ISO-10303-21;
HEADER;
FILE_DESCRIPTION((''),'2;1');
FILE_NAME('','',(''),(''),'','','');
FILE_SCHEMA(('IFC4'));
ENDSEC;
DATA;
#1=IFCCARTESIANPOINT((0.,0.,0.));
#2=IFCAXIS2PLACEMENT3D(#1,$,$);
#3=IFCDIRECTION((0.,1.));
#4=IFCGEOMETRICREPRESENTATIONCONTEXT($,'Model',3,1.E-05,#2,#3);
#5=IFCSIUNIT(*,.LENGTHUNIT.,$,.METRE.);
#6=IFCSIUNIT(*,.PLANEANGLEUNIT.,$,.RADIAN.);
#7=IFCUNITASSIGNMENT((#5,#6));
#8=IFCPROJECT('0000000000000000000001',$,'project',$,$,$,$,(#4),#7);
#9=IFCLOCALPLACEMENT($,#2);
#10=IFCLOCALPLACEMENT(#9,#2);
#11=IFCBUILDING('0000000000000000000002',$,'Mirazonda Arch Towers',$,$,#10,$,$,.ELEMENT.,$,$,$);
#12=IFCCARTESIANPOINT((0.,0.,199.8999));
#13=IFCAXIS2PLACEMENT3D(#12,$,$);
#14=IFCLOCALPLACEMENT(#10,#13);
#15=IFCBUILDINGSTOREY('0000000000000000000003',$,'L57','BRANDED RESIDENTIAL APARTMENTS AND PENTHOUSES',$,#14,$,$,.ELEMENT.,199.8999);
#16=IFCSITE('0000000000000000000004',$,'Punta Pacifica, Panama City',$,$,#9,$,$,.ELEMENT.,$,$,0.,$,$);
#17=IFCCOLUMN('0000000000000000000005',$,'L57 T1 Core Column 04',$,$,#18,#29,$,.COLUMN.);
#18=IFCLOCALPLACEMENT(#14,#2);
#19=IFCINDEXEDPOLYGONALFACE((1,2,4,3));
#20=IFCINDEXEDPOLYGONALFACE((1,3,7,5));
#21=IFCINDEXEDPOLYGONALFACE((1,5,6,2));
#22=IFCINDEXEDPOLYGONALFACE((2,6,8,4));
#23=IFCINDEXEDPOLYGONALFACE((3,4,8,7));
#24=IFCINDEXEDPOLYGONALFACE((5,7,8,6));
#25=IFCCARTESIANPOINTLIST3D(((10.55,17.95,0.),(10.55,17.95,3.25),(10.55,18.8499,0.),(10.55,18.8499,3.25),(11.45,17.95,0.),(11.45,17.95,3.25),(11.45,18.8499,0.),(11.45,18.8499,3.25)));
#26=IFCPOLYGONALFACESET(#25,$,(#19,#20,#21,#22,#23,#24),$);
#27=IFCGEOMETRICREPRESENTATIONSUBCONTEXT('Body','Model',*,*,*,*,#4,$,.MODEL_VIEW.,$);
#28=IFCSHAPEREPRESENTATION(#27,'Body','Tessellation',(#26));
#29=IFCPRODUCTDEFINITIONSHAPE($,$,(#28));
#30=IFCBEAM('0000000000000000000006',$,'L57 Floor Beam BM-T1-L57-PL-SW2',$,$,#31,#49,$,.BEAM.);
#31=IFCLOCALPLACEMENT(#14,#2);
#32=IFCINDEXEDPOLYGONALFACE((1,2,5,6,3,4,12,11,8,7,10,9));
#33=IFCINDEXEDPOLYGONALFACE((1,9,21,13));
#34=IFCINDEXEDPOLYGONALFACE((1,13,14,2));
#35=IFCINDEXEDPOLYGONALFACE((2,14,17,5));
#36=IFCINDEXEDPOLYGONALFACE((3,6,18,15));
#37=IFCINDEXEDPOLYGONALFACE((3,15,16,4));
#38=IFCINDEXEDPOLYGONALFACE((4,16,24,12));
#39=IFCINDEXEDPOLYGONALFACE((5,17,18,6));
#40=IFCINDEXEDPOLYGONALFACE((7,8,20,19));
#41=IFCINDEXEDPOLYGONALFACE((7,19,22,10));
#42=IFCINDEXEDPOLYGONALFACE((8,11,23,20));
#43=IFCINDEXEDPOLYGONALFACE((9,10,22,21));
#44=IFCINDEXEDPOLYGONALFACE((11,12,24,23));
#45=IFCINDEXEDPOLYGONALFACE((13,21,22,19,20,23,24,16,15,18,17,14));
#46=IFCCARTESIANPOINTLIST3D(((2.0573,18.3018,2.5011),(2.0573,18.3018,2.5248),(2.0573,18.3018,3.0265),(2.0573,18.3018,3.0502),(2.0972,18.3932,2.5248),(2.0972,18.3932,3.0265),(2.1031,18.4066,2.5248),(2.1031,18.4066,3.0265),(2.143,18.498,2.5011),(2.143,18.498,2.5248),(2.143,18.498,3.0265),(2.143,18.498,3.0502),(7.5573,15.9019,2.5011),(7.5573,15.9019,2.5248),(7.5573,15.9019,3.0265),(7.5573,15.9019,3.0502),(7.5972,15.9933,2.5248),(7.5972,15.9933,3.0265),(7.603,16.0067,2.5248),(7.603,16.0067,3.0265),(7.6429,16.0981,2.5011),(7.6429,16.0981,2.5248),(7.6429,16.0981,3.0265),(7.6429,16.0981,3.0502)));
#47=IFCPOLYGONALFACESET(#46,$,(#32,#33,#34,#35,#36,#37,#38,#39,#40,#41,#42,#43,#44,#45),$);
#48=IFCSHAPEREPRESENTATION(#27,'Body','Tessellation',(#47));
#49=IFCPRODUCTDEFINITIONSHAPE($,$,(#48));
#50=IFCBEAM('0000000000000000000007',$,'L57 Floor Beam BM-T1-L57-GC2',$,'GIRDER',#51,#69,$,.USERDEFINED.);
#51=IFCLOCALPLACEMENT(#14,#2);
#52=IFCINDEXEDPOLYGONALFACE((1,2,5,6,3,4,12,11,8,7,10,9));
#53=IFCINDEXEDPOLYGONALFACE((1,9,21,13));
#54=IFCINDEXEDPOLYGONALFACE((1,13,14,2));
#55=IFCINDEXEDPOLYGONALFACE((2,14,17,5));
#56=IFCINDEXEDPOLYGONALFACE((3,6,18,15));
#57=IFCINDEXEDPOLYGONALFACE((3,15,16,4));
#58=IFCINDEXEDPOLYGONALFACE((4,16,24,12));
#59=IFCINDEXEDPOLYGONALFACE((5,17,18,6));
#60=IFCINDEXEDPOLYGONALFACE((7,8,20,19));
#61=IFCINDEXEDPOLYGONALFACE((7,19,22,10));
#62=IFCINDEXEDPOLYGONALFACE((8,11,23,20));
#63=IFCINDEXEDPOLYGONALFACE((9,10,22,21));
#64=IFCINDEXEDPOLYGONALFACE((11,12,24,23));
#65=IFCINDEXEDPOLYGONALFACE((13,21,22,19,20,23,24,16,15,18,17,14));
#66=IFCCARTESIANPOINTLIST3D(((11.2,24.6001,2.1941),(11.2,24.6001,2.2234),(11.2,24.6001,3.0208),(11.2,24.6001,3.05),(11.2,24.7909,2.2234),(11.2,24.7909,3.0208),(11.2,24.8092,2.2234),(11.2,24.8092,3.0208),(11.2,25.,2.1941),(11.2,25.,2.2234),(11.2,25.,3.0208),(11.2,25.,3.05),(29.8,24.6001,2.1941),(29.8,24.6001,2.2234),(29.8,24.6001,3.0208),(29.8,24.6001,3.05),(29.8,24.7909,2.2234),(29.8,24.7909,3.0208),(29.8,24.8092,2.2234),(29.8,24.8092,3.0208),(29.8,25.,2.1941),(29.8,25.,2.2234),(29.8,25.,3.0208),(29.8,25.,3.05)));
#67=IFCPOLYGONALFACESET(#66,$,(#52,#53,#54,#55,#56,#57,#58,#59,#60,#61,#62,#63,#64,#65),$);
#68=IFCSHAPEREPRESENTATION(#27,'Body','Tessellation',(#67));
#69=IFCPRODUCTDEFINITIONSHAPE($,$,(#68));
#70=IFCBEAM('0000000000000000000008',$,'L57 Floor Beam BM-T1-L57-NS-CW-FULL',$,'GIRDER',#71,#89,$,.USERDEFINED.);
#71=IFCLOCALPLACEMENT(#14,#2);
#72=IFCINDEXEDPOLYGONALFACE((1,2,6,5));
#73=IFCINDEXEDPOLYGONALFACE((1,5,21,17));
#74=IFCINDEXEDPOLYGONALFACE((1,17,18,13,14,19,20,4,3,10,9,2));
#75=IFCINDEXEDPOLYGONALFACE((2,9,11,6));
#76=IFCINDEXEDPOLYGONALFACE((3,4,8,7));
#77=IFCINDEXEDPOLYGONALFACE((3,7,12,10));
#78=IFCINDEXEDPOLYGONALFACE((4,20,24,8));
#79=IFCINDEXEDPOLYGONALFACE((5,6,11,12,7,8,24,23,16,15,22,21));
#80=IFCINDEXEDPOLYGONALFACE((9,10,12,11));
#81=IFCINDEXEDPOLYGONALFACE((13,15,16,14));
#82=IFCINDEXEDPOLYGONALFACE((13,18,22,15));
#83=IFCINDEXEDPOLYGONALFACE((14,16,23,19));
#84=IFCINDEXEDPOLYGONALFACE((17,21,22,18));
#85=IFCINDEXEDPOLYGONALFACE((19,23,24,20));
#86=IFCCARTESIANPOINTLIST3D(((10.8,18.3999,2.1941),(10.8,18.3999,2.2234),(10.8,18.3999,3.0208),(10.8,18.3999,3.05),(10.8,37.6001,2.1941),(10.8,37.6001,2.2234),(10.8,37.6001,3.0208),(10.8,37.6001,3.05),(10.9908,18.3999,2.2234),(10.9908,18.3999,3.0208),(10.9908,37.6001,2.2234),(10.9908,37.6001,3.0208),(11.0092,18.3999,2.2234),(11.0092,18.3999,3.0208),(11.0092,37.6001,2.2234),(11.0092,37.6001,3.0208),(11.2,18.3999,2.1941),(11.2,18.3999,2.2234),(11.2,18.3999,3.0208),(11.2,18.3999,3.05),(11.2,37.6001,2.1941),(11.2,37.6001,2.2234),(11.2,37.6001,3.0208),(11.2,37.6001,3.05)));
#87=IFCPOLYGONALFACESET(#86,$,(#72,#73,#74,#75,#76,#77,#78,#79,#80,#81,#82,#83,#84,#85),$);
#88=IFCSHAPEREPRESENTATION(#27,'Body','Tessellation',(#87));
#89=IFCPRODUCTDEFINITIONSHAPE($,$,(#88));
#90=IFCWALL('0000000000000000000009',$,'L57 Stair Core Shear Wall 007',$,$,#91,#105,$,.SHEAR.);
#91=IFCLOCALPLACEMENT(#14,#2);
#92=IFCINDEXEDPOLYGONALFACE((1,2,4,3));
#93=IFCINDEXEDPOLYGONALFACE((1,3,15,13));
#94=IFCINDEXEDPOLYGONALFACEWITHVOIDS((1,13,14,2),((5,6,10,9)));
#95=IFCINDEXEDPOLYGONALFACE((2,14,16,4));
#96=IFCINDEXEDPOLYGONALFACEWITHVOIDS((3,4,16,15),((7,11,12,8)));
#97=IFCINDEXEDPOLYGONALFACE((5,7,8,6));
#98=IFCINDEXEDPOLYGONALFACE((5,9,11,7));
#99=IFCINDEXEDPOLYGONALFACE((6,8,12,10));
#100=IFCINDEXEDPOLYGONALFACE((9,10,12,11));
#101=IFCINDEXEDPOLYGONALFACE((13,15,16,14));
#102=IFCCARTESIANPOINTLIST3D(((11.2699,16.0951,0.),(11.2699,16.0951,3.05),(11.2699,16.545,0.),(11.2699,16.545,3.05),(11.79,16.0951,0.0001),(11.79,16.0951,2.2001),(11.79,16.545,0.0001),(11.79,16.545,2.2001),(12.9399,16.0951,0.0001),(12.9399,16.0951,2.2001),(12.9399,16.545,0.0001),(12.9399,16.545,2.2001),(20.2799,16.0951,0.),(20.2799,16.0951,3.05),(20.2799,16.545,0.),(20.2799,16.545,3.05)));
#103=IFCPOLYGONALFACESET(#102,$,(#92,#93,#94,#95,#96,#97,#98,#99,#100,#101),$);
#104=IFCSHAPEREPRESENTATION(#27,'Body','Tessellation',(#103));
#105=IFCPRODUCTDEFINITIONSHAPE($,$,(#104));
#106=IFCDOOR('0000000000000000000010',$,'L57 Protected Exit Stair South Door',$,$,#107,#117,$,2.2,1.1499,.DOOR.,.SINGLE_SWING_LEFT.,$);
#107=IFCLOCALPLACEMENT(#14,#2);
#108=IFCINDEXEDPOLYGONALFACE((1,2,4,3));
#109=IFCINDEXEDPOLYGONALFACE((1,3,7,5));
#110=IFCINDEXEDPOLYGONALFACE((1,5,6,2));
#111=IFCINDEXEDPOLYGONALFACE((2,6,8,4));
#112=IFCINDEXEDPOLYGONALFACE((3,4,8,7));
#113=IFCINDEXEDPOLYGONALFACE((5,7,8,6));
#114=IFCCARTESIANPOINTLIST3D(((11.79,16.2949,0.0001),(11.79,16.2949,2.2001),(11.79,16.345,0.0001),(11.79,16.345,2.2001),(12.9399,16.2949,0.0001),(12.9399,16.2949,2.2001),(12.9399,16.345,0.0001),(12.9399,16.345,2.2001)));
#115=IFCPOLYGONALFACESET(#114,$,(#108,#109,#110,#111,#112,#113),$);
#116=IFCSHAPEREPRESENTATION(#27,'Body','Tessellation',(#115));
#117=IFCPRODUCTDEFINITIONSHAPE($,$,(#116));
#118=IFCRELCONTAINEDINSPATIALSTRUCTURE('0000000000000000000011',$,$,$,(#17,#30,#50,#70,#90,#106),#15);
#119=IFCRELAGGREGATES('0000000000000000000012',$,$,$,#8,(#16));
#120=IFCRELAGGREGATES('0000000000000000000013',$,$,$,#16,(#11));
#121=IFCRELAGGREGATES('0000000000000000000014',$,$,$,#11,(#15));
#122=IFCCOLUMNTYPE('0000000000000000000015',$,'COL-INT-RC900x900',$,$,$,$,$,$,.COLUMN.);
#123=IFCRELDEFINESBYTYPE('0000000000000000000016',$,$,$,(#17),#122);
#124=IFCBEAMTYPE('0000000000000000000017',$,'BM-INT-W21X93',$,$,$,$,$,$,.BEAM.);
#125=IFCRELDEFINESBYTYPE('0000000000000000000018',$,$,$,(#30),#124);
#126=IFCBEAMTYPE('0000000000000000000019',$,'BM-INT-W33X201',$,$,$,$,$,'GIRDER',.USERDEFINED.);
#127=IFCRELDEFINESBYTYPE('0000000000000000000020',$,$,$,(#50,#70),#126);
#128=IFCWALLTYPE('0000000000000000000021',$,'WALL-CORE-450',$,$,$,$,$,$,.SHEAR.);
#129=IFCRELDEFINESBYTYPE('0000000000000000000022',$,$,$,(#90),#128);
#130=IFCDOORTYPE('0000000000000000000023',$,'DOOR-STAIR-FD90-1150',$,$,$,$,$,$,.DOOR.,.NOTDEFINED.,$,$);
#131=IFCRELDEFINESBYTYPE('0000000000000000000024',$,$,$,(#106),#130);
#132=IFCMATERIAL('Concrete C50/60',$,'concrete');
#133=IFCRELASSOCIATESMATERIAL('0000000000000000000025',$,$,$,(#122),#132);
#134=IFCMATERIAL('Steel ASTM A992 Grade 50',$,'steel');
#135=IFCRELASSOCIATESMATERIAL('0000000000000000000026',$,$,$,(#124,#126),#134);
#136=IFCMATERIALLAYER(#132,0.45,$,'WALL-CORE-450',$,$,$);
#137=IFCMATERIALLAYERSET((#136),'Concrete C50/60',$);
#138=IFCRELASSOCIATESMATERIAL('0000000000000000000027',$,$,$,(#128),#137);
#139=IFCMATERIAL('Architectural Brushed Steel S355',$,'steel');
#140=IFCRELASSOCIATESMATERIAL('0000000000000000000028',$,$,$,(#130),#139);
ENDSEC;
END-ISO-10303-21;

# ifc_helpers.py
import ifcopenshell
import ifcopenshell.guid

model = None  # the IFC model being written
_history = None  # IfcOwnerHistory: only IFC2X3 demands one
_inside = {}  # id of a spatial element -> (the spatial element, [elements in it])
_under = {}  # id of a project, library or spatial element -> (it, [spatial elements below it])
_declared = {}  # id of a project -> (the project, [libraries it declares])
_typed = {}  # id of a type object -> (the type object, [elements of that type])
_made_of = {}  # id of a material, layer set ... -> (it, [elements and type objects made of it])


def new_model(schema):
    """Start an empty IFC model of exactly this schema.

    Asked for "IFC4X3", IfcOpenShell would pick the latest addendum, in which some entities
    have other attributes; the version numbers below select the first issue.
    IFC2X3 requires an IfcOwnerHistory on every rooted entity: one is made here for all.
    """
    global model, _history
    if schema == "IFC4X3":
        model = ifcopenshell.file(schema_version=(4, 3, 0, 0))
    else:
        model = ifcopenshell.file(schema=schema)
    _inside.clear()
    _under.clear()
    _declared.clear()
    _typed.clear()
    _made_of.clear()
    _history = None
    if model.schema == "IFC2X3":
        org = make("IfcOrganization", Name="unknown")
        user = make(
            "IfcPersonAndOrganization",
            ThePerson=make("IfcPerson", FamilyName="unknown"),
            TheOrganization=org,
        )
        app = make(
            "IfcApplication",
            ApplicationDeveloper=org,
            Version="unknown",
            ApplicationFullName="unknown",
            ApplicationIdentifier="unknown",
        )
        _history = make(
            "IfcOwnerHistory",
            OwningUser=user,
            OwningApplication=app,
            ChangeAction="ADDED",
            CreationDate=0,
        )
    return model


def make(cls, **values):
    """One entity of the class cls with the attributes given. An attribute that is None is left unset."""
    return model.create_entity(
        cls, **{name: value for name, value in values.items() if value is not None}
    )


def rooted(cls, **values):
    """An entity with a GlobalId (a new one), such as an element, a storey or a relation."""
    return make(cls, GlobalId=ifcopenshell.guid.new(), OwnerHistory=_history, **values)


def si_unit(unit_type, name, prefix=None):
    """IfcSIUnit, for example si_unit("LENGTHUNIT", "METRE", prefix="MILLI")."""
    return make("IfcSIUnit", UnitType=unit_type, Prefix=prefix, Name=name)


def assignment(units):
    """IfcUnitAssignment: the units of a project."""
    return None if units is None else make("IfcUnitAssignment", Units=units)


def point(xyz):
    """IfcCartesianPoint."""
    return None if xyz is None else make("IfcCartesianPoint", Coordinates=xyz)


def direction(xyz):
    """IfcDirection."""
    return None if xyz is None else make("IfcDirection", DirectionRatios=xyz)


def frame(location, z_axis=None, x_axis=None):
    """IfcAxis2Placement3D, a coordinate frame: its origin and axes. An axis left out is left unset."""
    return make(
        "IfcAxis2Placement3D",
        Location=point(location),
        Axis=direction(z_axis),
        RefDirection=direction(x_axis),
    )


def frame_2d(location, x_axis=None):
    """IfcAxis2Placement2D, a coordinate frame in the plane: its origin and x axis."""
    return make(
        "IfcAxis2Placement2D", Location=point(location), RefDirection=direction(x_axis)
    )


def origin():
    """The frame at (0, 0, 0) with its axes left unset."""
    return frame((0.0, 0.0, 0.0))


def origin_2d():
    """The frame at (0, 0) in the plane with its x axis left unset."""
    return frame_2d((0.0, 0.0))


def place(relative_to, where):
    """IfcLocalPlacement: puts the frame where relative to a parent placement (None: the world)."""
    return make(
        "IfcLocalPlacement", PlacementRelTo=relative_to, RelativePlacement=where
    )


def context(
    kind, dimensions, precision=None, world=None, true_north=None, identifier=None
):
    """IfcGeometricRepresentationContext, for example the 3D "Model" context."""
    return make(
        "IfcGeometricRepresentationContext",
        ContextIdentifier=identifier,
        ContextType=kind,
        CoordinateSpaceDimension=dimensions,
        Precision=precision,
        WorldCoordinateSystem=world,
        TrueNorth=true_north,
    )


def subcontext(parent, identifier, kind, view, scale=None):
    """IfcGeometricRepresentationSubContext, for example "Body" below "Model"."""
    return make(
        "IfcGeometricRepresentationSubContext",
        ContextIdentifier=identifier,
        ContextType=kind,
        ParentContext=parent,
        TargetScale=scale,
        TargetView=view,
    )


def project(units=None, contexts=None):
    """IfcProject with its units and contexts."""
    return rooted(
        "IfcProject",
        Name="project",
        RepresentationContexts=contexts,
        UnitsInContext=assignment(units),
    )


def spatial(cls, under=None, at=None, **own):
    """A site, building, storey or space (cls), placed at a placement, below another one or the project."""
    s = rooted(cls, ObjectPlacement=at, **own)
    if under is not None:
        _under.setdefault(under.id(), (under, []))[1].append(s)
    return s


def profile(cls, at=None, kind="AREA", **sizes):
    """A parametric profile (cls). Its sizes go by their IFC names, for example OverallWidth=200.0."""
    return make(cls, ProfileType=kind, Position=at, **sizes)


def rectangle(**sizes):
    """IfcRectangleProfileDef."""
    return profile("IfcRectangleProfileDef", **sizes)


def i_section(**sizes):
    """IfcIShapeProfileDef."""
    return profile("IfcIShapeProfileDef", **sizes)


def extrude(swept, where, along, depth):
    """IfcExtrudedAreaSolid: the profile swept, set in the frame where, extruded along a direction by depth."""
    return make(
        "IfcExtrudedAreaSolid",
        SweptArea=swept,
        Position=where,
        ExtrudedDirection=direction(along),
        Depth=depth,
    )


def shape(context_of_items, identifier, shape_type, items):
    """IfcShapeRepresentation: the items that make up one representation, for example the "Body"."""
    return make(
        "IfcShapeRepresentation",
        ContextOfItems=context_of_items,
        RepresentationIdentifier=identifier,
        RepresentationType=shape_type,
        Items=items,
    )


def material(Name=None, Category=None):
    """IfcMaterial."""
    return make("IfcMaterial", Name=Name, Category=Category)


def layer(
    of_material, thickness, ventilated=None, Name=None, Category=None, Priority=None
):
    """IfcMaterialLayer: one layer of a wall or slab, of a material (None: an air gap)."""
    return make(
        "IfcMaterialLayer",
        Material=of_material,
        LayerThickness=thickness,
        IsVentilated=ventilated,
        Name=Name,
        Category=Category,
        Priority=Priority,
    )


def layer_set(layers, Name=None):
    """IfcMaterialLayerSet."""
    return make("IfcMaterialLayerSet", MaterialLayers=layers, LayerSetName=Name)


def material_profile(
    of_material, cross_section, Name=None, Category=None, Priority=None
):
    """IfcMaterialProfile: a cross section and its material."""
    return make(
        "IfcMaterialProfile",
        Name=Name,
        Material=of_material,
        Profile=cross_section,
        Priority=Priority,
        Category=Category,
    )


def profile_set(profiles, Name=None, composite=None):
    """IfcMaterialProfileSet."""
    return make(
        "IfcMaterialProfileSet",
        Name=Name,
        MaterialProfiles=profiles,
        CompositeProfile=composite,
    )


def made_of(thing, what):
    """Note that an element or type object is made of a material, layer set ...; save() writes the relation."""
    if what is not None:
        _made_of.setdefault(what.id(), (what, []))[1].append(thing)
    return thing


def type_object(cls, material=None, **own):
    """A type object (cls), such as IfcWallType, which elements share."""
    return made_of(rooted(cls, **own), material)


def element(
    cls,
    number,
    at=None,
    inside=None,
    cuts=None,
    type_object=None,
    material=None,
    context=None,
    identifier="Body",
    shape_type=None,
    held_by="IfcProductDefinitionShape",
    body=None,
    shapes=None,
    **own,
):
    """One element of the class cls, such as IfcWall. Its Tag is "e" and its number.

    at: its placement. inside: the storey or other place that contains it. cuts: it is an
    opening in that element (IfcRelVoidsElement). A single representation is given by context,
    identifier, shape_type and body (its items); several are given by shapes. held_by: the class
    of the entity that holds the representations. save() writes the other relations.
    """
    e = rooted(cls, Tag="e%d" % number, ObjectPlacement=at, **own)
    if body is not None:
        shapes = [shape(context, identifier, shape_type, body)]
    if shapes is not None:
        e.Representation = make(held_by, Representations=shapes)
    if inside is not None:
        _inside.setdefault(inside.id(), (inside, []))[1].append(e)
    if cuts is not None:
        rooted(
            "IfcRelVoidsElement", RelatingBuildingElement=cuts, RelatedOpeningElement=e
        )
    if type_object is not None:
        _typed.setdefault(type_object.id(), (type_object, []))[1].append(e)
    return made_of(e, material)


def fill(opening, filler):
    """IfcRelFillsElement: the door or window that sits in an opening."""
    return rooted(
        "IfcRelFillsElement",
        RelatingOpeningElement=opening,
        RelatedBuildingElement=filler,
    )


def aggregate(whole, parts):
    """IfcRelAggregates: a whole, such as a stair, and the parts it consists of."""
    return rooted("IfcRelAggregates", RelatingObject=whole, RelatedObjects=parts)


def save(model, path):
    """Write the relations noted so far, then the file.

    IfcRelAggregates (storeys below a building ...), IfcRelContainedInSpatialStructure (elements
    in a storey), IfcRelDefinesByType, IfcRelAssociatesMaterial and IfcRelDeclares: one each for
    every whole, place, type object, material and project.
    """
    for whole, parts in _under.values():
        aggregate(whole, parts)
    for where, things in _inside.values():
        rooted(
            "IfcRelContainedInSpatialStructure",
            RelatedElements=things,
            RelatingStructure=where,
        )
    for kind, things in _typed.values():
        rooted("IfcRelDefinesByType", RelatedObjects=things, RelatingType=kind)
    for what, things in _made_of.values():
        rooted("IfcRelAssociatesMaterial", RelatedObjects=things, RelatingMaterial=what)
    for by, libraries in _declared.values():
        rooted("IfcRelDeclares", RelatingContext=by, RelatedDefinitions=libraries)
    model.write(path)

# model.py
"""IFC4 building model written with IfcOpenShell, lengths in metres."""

from ifc_helpers import new_model, si_unit, direction, frame, frame_2d, origin, origin_2d, place, context, subcontext, project, spatial, rectangle, i_section, extrude, material, layer, layer_set, material_profile, profile_set, type_object, element, fill, save


model = new_model("IFC4")

# Units and contexts
model_context = context("Model", 3, precision=1e-05, world=origin(), true_north=direction((0.0, 1.0)))
body_context = subcontext(model_context, "Body", "Model", "MODEL_VIEW")
ifc_project = project(units=[si_unit("LENGTHUNIT", "METRE"), si_unit("PLANEANGLEUNIT", "RADIAN")], contexts=[model_context])

# Site, building, storey
site_placement = place(None, origin())
site = spatial("IfcSite", under=ifc_project, at=site_placement, Name="Punta Pacifica, Panama City", CompositionType="ELEMENT", RefElevation=0.0)
building_placement = place(site_placement, origin())
building = spatial("IfcBuilding", under=site, at=building_placement, Name="Mirazonda Arch Towers", CompositionType="ELEMENT")
storey_placement = place(building_placement, frame((0.0, 0.0, 199.8999)))
storey = spatial("IfcBuildingStorey", under=building, at=storey_placement, Name="L57", Description="BRANDED RESIDENTIAL APARTMENTS AND PENTHOUSES", CompositionType="ELEMENT", Elevation=199.8999)

# Column
ifc_material_1 = material(Name="Concrete C50/60", Category="concrete")
ifc_material_profile_1 = material_profile(ifc_material_1, rectangle(XDim=0.8999, YDim=0.8999, at=origin_2d()), Name="RC900x900")
ifc_profile_set_1 = profile_set([ifc_material_profile_1], Name="Concrete C50/60")
column_type = type_object("IfcColumnType", Name="COL-INT-RC900x900", PredefinedType="COLUMN", material=ifc_profile_set_1)
column_placement = place(storey_placement, frame((11.0, 18.3999, 0.0), z_axis=(0.0, 0.0, 1.0), x_axis=(1.0, 0.0, 0.0)))
element("IfcColumn", 1, at=column_placement, inside=storey, type_object=column_type, Name="L57 T1 Core Column 04", PredefinedType="COLUMN", context=body_context, shape_type="SweptSolid", body=[
    extrude(rectangle(XDim=0.8999, YDim=0.8999, at=origin_2d()), origin(), (0.0, 0.0, 1.0), 3.25),
])

# Beams
ifc_material_2 = material(Name="Steel ASTM A992 Grade 50", Category="steel")
ifc_material_profile_2 = material_profile(ifc_material_2, i_section(OverallWidth=0.2141, OverallDepth=0.5491, WebThickness=0.0146, FlangeThickness=0.0237, at=origin_2d()), Name="W21X93")
ifc_profile_set_2 = profile_set([ifc_material_profile_2], Name="Steel ASTM A992 Grade 50")
beam_type_1 = type_object("IfcBeamType", Name="BM-INT-W21X93", PredefinedType="BEAM", material=ifc_profile_set_2)
beam_1_placement = place(storey_placement, frame((7.6001, 16.0, 2.7756), z_axis=(-0.916545, 0.399931, 0.0), x_axis=(-0.399931, -0.916545, 0.0)))
element("IfcBeam", 2, at=beam_1_placement, inside=storey, type_object=beam_type_1, Name="L57 Floor Beam BM-T1-L57-PL-SW2", PredefinedType="BEAM", context=body_context, shape_type="SweptSolid", body=[
    extrude(i_section(OverallWidth=0.2141, OverallDepth=0.5491, WebThickness=0.0146, FlangeThickness=0.0237, at=origin_2d()), origin(), (0.0, 0.0, 1.0), 6.0007),
])
ifc_material_profile_3 = material_profile(ifc_material_2, i_section(OverallWidth=0.3999, OverallDepth=0.856, WebThickness=0.0183, FlangeThickness=0.0293, at=origin_2d()), Name="W33X201")
ifc_profile_set_3 = profile_set([ifc_material_profile_3], Name="Steel ASTM A992 Grade 50")
beam_type_2 = type_object("IfcBeamType", Name="BM-INT-W33X201", ElementType="GIRDER", PredefinedType="USERDEFINED", material=ifc_profile_set_3)
beam_2_placement = place(storey_placement, frame((11.2, 24.8, 2.6221), z_axis=(1.0, 0.0, 0.0), x_axis=(0.0, 1.0, 0.0)))
element("IfcBeam", 3, at=beam_2_placement, inside=storey, type_object=beam_type_2, Name="L57 Floor Beam BM-T1-L57-GC2", ObjectType="GIRDER", PredefinedType="USERDEFINED", context=body_context, shape_type="SweptSolid", body=[
    extrude(i_section(OverallWidth=0.3999, OverallDepth=0.856, WebThickness=0.0183, FlangeThickness=0.0293, at=origin_2d()), origin(), (0.0, 0.0, 1.0), 18.6001),
])
beam_3_placement = place(storey_placement, frame((11.0, 18.3999, 2.6221), z_axis=(0.0, 1.0, 0.0), x_axis=(-1.0, 0.0, 0.0)))
element("IfcBeam", 4, at=beam_3_placement, inside=storey, type_object=beam_type_2, Name="L57 Floor Beam BM-T1-L57-NS-CW-FULL", ObjectType="GIRDER", PredefinedType="USERDEFINED", context=body_context, shape_type="SweptSolid", body=[
    extrude(i_section(OverallWidth=0.3999, OverallDepth=0.856, WebThickness=0.0183, FlangeThickness=0.0293, at=origin_2d()), origin(), (0.0, 0.0, 1.0), 19.2002),
])

# Wall, opening, door
ifc_layer_1 = layer(ifc_material_1, 0.45, Name="WALL-CORE-450")
ifc_layer_set_1 = layer_set([ifc_layer_1], Name="Concrete C50/60")
wall_type_1 = type_object("IfcWallType", Name="WALL-CORE-450", PredefinedType="SHEAR", material=ifc_layer_set_1)
wall_1_placement = place(storey_placement, frame((11.27, 16.3201, 0.0), z_axis=(0.0, 0.0, 1.0), x_axis=(1.0, 0.0, 0.0)))
wall_1 = element("IfcWall", 5, at=wall_1_placement, inside=storey, type_object=wall_type_1, Name="L57 Stair Core Shear Wall 007", PredefinedType="SHEAR", context=body_context, shape_type="SweptSolid", body=[
    extrude(rectangle(XDim=9.01, YDim=0.45, at=frame_2d((4.5049, 0.0))), origin(), (0.0, 0.0, 1.0), 3.05),
])
opening_1_placement = place(wall_1_placement, frame((0.52, 0.0, 0.0)))
opening_1 = element("IfcOpeningElement", 6, at=opening_1_placement, cuts=wall_1, PredefinedType="OPENING", context=body_context, shape_type="SweptSolid", body=[
    extrude(rectangle(XDim=1.1499, YDim=2.2, at=frame_2d((0.575, 1.1001))), frame((0.0, 0.2349, 0.0), z_axis=(0.0, -1.0, 0.0), x_axis=(1.0, 0.0, 0.0)), (0.0, 0.0, 1.0), 0.47),
])
ifc_material_3 = material(Name="Architectural Brushed Steel S355", Category="steel")
door_type_1 = type_object("IfcDoorType", Name="DOOR-STAIR-FD90-1150", OperationType="NOTDEFINED", PredefinedType="DOOR", material=ifc_material_3)
door_1_placement = place(opening_1_placement, origin())
door_1 = element("IfcDoor", 7, at=door_1_placement, inside=storey, type_object=door_type_1, Name="L57 Protected Exit Stair South Door", OperationType="SINGLE_SWING_LEFT", OverallHeight=2.2, OverallWidth=1.1499, PredefinedType="DOOR", context=body_context, shape_type="SweptSolid", body=[
    extrude(rectangle(XDim=1.1499, YDim=2.2, at=frame_2d((0.575, 1.1001))), frame((0.0, 0.0249, 0.0), z_axis=(0.0, -1.0, 0.0), x_axis=(1.0, 0.0, 0.0)), (0.0, 0.0, 1.0), 0.05),
])
fill(opening_1, door_1)

save(model, "model.ifc")
